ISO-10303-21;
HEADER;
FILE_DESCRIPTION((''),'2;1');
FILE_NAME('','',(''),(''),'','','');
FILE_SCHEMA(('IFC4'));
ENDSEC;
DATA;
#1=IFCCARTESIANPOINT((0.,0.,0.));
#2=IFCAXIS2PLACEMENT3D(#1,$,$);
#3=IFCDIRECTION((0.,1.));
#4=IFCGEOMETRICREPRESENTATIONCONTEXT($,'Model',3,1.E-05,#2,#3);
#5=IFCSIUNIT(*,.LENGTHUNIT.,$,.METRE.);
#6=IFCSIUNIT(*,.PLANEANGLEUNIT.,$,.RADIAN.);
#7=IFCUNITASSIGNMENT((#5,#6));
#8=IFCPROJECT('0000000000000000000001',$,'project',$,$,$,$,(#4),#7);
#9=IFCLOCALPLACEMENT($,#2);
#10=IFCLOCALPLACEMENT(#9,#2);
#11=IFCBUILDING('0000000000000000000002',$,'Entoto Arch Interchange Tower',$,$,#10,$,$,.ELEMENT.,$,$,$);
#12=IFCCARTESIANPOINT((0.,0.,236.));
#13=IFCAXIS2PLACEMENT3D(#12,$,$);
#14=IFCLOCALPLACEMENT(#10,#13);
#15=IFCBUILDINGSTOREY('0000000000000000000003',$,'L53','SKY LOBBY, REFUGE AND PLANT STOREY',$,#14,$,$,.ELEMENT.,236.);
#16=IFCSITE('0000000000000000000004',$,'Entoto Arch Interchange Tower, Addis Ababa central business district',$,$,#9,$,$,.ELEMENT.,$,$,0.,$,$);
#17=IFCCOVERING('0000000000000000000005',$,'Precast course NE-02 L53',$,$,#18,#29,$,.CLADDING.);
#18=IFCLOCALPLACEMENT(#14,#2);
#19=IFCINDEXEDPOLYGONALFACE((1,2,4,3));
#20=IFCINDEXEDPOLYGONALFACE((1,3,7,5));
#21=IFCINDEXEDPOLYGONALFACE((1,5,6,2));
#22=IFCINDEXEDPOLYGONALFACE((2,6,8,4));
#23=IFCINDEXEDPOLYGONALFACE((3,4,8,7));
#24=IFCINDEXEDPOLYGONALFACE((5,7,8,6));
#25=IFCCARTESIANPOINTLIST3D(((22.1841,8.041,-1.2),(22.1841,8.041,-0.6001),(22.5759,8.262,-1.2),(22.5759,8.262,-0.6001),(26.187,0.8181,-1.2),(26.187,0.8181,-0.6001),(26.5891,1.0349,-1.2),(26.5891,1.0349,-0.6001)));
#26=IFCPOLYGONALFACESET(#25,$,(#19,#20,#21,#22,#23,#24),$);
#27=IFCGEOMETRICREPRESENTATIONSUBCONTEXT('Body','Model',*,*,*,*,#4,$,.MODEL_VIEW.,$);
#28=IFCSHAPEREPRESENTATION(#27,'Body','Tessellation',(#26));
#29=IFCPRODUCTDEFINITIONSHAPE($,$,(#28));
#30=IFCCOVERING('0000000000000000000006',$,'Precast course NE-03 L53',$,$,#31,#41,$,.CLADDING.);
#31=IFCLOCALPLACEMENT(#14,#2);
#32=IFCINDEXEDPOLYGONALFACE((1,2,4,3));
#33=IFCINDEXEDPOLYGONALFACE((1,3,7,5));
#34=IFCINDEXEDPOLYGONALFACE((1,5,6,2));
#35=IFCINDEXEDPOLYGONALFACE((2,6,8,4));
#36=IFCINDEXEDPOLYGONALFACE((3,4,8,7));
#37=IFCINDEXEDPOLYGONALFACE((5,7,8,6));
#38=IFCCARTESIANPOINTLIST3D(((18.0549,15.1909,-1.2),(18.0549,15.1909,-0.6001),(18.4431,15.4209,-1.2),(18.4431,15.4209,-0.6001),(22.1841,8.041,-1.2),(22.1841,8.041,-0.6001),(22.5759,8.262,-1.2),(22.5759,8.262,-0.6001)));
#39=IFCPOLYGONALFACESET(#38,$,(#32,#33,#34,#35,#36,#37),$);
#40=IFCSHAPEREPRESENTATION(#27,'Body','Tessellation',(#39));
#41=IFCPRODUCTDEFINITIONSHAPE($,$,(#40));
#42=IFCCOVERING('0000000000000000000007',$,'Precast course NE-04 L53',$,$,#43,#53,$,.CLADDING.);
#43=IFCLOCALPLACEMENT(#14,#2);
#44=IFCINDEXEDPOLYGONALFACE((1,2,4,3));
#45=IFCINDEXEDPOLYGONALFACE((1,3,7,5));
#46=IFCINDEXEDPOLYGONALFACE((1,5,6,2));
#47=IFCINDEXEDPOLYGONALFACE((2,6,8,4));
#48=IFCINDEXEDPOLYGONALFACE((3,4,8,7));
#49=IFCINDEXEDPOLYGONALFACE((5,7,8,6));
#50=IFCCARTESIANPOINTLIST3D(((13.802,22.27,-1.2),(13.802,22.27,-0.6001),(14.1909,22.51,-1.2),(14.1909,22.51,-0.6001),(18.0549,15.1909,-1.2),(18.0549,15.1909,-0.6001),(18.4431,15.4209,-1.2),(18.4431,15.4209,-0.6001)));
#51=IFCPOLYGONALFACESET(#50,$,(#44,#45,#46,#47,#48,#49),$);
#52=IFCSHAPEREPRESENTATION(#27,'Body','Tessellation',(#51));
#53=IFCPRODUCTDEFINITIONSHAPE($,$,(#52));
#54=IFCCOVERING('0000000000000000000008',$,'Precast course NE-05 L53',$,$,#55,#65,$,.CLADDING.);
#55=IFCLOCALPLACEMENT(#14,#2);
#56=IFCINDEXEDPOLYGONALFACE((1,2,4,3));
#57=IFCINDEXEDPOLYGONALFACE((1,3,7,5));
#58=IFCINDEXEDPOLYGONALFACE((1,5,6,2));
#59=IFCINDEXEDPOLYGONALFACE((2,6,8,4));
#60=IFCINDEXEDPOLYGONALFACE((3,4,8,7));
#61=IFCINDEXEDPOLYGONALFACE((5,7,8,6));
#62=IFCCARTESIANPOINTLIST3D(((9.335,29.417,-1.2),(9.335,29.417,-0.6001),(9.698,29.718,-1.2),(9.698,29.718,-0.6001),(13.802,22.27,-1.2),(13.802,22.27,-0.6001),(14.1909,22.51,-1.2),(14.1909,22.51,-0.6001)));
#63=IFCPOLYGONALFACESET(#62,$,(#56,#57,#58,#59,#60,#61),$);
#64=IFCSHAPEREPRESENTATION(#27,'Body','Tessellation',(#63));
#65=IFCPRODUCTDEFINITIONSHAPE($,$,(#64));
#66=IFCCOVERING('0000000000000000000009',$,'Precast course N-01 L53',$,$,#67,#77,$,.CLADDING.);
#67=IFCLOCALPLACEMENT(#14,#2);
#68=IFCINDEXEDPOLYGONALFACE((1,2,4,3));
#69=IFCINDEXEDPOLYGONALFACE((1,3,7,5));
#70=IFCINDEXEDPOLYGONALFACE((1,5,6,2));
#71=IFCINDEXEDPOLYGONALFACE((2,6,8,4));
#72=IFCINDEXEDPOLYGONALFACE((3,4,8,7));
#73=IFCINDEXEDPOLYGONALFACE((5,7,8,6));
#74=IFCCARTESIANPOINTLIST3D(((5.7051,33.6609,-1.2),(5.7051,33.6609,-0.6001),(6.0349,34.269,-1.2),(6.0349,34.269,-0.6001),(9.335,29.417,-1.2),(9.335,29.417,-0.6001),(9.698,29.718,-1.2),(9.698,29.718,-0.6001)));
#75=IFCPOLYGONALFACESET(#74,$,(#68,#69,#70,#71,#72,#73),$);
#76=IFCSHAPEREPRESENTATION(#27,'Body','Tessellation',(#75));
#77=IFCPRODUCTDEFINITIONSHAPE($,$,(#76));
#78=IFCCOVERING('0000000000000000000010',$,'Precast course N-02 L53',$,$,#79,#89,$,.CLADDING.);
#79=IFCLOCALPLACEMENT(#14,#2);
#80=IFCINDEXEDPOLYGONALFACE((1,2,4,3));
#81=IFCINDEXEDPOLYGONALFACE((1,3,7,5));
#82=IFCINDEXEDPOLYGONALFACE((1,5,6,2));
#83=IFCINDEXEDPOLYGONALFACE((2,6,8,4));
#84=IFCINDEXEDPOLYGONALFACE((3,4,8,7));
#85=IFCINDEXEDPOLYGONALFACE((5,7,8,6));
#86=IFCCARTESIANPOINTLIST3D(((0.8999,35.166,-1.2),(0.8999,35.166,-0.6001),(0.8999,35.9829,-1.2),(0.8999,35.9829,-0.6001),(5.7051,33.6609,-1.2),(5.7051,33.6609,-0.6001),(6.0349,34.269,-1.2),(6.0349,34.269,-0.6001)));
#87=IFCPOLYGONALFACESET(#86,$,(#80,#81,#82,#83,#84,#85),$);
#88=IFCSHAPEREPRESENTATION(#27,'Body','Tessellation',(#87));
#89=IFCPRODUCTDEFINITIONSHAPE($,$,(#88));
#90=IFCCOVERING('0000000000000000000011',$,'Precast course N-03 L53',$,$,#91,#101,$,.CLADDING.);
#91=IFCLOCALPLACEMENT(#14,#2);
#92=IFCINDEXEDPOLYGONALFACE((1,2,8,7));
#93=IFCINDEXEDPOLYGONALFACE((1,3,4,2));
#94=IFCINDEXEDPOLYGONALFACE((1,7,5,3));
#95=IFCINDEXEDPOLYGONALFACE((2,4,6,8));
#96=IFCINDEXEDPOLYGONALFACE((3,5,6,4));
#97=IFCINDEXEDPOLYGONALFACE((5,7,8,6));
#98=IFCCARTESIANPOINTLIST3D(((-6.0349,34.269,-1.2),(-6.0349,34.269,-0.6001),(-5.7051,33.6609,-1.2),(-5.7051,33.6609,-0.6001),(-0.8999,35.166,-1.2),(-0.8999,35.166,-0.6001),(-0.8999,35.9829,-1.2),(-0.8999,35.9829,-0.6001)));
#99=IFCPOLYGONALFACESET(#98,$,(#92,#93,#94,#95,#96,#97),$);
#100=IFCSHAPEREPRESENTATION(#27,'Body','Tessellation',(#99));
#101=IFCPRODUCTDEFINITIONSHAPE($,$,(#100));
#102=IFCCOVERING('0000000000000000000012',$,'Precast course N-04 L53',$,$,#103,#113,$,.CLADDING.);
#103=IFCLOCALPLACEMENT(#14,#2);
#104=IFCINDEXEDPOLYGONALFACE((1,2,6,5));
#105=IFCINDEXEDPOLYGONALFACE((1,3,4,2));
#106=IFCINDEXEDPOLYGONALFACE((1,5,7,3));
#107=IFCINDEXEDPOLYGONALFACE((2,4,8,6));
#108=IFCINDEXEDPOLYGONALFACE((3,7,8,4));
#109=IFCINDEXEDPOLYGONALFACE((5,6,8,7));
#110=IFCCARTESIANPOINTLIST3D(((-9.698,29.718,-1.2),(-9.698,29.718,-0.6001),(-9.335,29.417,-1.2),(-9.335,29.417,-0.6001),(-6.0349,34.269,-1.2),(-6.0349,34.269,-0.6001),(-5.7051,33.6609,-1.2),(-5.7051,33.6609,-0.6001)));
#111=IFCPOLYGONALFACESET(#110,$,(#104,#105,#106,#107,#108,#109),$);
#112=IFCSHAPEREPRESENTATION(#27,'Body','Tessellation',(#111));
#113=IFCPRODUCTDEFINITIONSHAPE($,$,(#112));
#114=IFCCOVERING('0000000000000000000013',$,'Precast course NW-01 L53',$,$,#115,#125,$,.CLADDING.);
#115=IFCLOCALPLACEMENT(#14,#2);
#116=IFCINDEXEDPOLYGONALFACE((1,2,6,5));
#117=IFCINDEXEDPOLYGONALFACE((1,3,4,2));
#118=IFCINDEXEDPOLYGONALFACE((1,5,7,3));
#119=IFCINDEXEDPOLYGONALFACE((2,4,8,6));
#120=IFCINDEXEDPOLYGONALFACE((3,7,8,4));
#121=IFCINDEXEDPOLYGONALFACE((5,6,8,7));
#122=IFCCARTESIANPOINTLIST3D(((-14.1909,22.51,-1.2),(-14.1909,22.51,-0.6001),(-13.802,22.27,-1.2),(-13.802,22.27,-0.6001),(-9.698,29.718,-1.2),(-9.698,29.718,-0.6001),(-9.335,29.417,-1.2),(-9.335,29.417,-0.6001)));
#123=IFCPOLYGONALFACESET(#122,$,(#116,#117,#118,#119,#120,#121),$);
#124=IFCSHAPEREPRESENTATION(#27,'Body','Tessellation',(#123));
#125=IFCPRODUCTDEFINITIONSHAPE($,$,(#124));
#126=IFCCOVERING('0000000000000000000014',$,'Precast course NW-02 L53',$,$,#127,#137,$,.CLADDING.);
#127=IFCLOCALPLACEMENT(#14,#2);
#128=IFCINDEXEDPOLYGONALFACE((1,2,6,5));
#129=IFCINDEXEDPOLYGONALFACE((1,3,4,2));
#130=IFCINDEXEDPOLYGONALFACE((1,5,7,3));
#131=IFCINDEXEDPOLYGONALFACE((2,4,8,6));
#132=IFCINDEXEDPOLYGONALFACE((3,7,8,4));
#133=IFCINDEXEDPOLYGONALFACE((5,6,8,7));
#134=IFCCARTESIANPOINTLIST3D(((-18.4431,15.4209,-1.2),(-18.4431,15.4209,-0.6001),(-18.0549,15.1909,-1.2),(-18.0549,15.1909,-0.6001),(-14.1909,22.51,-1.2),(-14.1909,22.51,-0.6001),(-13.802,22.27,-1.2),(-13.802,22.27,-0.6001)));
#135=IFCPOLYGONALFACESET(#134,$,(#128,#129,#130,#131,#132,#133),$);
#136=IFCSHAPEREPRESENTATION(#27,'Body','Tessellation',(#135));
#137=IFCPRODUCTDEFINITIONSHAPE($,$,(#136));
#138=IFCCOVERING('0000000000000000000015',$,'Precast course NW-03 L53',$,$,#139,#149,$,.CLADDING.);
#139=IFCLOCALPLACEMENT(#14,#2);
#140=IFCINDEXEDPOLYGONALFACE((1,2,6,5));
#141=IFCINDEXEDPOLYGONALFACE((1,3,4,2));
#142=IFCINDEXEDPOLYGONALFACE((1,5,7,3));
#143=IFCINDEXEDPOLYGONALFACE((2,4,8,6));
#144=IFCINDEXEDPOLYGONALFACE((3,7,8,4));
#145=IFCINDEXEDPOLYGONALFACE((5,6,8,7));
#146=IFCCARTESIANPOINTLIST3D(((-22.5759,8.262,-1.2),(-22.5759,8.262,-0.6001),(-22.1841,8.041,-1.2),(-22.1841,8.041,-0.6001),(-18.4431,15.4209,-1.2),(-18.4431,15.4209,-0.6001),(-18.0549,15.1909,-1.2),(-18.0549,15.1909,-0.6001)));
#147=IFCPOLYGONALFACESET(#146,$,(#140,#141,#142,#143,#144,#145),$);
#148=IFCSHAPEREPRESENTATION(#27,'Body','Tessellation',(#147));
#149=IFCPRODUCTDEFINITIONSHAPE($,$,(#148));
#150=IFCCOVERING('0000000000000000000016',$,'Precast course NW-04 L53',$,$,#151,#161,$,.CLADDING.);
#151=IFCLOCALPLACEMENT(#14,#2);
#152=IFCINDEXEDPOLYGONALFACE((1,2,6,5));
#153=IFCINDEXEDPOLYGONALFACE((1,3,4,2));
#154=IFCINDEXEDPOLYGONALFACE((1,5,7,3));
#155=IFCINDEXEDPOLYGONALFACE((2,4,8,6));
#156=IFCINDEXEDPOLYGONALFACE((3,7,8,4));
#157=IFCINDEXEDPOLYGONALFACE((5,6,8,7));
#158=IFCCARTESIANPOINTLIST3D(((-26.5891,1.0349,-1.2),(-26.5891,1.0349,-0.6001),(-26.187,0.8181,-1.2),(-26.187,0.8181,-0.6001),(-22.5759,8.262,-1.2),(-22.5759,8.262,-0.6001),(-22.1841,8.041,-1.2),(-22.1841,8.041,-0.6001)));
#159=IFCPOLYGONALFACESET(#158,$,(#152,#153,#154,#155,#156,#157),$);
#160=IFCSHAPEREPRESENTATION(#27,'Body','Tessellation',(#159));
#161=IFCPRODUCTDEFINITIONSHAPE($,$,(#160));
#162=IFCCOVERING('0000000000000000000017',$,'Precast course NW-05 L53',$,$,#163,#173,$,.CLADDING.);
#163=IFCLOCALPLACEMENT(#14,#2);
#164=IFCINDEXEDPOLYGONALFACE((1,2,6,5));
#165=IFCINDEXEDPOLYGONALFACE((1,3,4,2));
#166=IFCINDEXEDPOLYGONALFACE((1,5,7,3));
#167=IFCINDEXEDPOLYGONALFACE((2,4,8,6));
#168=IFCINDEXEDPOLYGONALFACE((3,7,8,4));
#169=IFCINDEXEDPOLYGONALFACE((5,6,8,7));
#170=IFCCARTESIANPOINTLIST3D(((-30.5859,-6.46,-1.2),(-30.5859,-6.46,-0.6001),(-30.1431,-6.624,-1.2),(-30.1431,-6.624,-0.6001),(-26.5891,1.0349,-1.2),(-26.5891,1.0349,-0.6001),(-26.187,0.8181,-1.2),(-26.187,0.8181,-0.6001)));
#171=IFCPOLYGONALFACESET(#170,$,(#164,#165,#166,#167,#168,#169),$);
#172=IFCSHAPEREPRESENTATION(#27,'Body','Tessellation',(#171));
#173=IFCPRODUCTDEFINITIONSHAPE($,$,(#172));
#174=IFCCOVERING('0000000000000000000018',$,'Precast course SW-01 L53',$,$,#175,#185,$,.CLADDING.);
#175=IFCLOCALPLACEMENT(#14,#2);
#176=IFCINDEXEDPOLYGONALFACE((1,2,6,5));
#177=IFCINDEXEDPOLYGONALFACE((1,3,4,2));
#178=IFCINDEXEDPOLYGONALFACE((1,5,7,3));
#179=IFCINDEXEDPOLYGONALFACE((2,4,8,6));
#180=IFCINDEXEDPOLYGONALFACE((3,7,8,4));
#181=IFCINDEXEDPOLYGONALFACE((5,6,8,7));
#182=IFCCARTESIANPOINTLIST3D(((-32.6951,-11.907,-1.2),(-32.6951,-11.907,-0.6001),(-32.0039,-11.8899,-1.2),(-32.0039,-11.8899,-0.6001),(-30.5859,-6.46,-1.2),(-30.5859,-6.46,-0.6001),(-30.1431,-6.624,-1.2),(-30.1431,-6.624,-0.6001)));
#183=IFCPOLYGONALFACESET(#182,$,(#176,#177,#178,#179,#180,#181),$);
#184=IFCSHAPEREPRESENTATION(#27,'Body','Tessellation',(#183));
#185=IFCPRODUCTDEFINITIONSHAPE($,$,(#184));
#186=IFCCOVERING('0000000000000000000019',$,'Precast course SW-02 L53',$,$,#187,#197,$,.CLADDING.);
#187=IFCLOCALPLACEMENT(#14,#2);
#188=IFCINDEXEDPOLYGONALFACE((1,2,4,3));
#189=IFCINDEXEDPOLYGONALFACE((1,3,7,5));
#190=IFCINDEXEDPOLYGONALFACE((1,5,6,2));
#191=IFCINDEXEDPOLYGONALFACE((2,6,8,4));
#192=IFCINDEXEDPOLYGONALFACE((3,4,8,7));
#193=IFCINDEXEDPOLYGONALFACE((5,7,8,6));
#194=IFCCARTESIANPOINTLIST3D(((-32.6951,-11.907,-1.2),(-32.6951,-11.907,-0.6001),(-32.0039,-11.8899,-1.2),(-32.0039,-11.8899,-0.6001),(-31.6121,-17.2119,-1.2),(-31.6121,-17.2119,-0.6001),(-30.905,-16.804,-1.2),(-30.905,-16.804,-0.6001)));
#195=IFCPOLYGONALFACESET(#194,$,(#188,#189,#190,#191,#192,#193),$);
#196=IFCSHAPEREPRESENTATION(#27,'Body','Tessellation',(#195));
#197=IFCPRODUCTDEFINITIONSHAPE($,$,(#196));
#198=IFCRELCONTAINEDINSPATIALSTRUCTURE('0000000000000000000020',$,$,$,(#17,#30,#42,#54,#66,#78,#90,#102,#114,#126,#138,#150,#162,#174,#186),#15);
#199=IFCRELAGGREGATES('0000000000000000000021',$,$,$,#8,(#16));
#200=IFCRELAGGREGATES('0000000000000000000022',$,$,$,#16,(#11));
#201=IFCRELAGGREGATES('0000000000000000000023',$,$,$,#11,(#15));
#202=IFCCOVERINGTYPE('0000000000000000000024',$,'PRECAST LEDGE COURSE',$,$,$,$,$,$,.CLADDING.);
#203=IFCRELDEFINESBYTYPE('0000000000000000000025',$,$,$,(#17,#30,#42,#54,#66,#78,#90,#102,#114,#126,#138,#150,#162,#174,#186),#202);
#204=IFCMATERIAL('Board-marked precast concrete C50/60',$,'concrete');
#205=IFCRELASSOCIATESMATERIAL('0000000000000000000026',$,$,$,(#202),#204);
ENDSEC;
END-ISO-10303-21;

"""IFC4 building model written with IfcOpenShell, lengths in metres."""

from ifc_helpers import new_model, si_unit, direction, frame, origin, place, context, subcontext, project, spatial, polyline, outline, extrude, material, type_object, element, save


model = new_model("IFC4")

# Units and contexts
model_context = context("Model", 3, precision=1e-05, world=origin(), true_north=direction((0.0, 1.0)))
body_context = subcontext(model_context, "Body", "Model", "MODEL_VIEW")
ifc_project = project(units=[si_unit("LENGTHUNIT", "METRE"), si_unit("PLANEANGLEUNIT", "RADIAN")], contexts=[model_context])

# Site, building, storey
site_placement = place(None, origin())
site = spatial("IfcSite", under=ifc_project, at=site_placement, Name="Entoto Arch Interchange Tower, Addis Ababa central business district", CompositionType="ELEMENT", RefElevation=0.0)
building_placement = place(site_placement, origin())
building = spatial("IfcBuilding", under=site, at=building_placement, Name="Entoto Arch Interchange Tower", CompositionType="ELEMENT")
storey_placement = place(building_placement, frame((0.0, 0.0, 236.0)))
storey = spatial("IfcBuildingStorey", under=building, at=storey_placement, Name="L53", Description="SKY LOBBY, REFUGE AND PLANT STOREY", CompositionType="ELEMENT", Elevation=236.0)

# Coverings
ifc_material = material(Name="Board-marked precast concrete C50/60", Category="concrete")
covering_type_1 = type_object("IfcCoveringType", Name="PRECAST LEDGE COURSE", PredefinedType="CLADDING", material=ifc_material)
covering_1_placement = place(storey_placement, frame((0.0, 0.0, -1.2)))
element("IfcCovering", 1, at=covering_1_placement, inside=storey, type_object=covering_type_1, Name="Precast course NE-02 L53", PredefinedType="CLADDING", context=body_context, shape_type="SweptSolid", body=[
    extrude(outline(polyline([(22.1841, 8.041), (22.5759, 8.262), (26.5891, 1.0349), (26.187, 0.8181), (22.1841, 8.041)])), origin(), (0.0, 0.0, 1.0), 0.5999),
])
covering_2_placement = place(storey_placement, frame((0.0, 0.0, -1.2)))
element("IfcCovering", 2, at=covering_2_placement, inside=storey, type_object=covering_type_1, Name="Precast course NE-03 L53", PredefinedType="CLADDING", context=body_context, shape_type="SweptSolid", body=[
    extrude(outline(polyline([(18.0549, 15.1909), (18.4431, 15.4209), (22.5759, 8.262), (22.1841, 8.041), (18.0549, 15.1909)])), origin(), (0.0, 0.0, 1.0), 0.5999),
])
covering_3_placement = place(storey_placement, frame((0.0, 0.0, -1.2)))
element("IfcCovering", 3, at=covering_3_placement, inside=storey, type_object=covering_type_1, Name="Precast course NE-04 L53", PredefinedType="CLADDING", context=body_context, shape_type="SweptSolid", body=[
    extrude(outline(polyline([(13.802, 22.27), (14.1909, 22.51), (18.4431, 15.4209), (18.0549, 15.1909), (13.802, 22.27)])), origin(), (0.0, 0.0, 1.0), 0.5999),
])
covering_4_placement = place(storey_placement, frame((0.0, 0.0, -1.2)))
element("IfcCovering", 4, at=covering_4_placement, inside=storey, type_object=covering_type_1, Name="Precast course NE-05 L53", PredefinedType="CLADDING", context=body_context, shape_type="SweptSolid", body=[
    extrude(outline(polyline([(9.335, 29.417), (9.698, 29.718), (14.1909, 22.51), (13.802, 22.27), (9.335, 29.417)])), origin(), (0.0, 0.0, 1.0), 0.5999),
])
covering_5_placement = place(storey_placement, frame((0.0, 0.0, -1.2)))
element("IfcCovering", 5, at=covering_5_placement, inside=storey, type_object=covering_type_1, Name="Precast course N-01 L53", PredefinedType="CLADDING", context=body_context, shape_type="SweptSolid", body=[
    extrude(outline(polyline([(5.7051, 33.6609), (6.0349, 34.269), (9.698, 29.718), (9.335, 29.417), (5.7051, 33.6609)])), origin(), (0.0, 0.0, 1.0), 0.5999),
])
covering_6_placement = place(storey_placement, frame((0.0, 0.0, -1.2)))
element("IfcCovering", 6, at=covering_6_placement, inside=storey, type_object=covering_type_1, Name="Precast course N-02 L53", PredefinedType="CLADDING", context=body_context, shape_type="SweptSolid", body=[
    extrude(outline(polyline([(0.8999, 35.166), (0.8999, 35.9829), (6.0349, 34.269), (5.7051, 33.6609), (0.8999, 35.166)])), origin(), (0.0, 0.0, 1.0), 0.5999),
])
covering_7_placement = place(storey_placement, frame((0.0, 0.0, -1.2)))
element("IfcCovering", 7, at=covering_7_placement, inside=storey, type_object=covering_type_1, Name="Precast course N-03 L53", PredefinedType="CLADDING", context=body_context, shape_type="SweptSolid", body=[
    extrude(outline(polyline([(-5.7051, 33.6609), (-6.0349, 34.269), (-0.8999, 35.9829), (-0.8999, 35.166), (-5.7051, 33.6609)])), origin(), (0.0, 0.0, 1.0), 0.5999),
])
covering_8_placement = place(storey_placement, frame((0.0, 0.0, -1.2)))
element("IfcCovering", 8, at=covering_8_placement, inside=storey, type_object=covering_type_1, Name="Precast course N-04 L53", PredefinedType="CLADDING", context=body_context, shape_type="SweptSolid", body=[
    extrude(outline(polyline([(-9.335, 29.417), (-9.698, 29.718), (-6.0349, 34.269), (-5.7051, 33.6609), (-9.335, 29.417)])), origin(), (0.0, 0.0, 1.0), 0.5999),
])
covering_9_placement = place(storey_placement, frame((0.0, 0.0, -1.2)))
element("IfcCovering", 9, at=covering_9_placement, inside=storey, type_object=covering_type_1, Name="Precast course NW-01 L53", PredefinedType="CLADDING", context=body_context, shape_type="SweptSolid", body=[
    extrude(outline(polyline([(-13.802, 22.27), (-14.1909, 22.51), (-9.698, 29.718), (-9.335, 29.417), (-13.802, 22.27)])), origin(), (0.0, 0.0, 1.0), 0.5999),
])
covering_10_placement = place(storey_placement, frame((0.0, 0.0, -1.2)))
element("IfcCovering", 10, at=covering_10_placement, inside=storey, type_object=covering_type_1, Name="Precast course NW-02 L53", PredefinedType="CLADDING", context=body_context, shape_type="SweptSolid", body=[
    extrude(outline(polyline([(-18.0549, 15.1909), (-18.4431, 15.4209), (-14.1909, 22.51), (-13.802, 22.27), (-18.0549, 15.1909)])), origin(), (0.0, 0.0, 1.0), 0.5999),
])
covering_11_placement = place(storey_placement, frame((0.0, 0.0, -1.2)))
element("IfcCovering", 11, at=covering_11_placement, inside=storey, type_object=covering_type_1, Name="Precast course NW-03 L53", PredefinedType="CLADDING", context=body_context, shape_type="SweptSolid", body=[
    extrude(outline(polyline([(-22.1841, 8.041), (-22.5759, 8.262), (-18.4431, 15.4209), (-18.0549, 15.1909), (-22.1841, 8.041)])), origin(), (0.0, 0.0, 1.0), 0.5999),
])
covering_12_placement = place(storey_placement, frame((0.0, 0.0, -1.2)))
element("IfcCovering", 12, at=covering_12_placement, inside=storey, type_object=covering_type_1, Name="Precast course NW-04 L53", PredefinedType="CLADDING", context=body_context, shape_type="SweptSolid", body=[
    extrude(outline(polyline([(-26.187, 0.8181), (-26.5891, 1.0349), (-22.5759, 8.262), (-22.1841, 8.041), (-26.187, 0.8181)])), origin(), (0.0, 0.0, 1.0), 0.5999),
])
covering_13_placement = place(storey_placement, frame((0.0, 0.0, -1.2)))
element("IfcCovering", 13, at=covering_13_placement, inside=storey, type_object=covering_type_1, Name="Precast course NW-05 L53", PredefinedType="CLADDING", context=body_context, shape_type="SweptSolid", body=[
    extrude(outline(polyline([(-30.1431, -6.624), (-30.5859, -6.46), (-26.5891, 1.0349), (-26.187, 0.8181), (-30.1431, -6.624)])), origin(), (0.0, 0.0, 1.0), 0.5999),
])
covering_14_placement = place(storey_placement, frame((0.0, 0.0, -1.2)))
element("IfcCovering", 14, at=covering_14_placement, inside=storey, type_object=covering_type_1, Name="Precast course SW-01 L53", PredefinedType="CLADDING", context=body_context, shape_type="SweptSolid", body=[
    extrude(outline(polyline([(-32.0039, -11.8899), (-32.6951, -11.907), (-30.5859, -6.46), (-30.1431, -6.624), (-32.0039, -11.8899)])), origin(), (0.0, 0.0, 1.0), 0.5999),
])
covering_15_placement = place(storey_placement, frame((0.0, 0.0, -1.2)))
element("IfcCovering", 15, at=covering_15_placement, inside=storey, type_object=covering_type_1, Name="Precast course SW-02 L53", PredefinedType="CLADDING", context=body_context, shape_type="SweptSolid", body=[
    extrude(outline(polyline([(-30.905, -16.804), (-31.6121, -17.2119), (-32.6951, -11.907), (-32.0039, -11.8899), (-30.905, -16.804)])), origin(), (0.0, 0.0, 1.0), 0.5999),
])

save(model, "model.ifc")
